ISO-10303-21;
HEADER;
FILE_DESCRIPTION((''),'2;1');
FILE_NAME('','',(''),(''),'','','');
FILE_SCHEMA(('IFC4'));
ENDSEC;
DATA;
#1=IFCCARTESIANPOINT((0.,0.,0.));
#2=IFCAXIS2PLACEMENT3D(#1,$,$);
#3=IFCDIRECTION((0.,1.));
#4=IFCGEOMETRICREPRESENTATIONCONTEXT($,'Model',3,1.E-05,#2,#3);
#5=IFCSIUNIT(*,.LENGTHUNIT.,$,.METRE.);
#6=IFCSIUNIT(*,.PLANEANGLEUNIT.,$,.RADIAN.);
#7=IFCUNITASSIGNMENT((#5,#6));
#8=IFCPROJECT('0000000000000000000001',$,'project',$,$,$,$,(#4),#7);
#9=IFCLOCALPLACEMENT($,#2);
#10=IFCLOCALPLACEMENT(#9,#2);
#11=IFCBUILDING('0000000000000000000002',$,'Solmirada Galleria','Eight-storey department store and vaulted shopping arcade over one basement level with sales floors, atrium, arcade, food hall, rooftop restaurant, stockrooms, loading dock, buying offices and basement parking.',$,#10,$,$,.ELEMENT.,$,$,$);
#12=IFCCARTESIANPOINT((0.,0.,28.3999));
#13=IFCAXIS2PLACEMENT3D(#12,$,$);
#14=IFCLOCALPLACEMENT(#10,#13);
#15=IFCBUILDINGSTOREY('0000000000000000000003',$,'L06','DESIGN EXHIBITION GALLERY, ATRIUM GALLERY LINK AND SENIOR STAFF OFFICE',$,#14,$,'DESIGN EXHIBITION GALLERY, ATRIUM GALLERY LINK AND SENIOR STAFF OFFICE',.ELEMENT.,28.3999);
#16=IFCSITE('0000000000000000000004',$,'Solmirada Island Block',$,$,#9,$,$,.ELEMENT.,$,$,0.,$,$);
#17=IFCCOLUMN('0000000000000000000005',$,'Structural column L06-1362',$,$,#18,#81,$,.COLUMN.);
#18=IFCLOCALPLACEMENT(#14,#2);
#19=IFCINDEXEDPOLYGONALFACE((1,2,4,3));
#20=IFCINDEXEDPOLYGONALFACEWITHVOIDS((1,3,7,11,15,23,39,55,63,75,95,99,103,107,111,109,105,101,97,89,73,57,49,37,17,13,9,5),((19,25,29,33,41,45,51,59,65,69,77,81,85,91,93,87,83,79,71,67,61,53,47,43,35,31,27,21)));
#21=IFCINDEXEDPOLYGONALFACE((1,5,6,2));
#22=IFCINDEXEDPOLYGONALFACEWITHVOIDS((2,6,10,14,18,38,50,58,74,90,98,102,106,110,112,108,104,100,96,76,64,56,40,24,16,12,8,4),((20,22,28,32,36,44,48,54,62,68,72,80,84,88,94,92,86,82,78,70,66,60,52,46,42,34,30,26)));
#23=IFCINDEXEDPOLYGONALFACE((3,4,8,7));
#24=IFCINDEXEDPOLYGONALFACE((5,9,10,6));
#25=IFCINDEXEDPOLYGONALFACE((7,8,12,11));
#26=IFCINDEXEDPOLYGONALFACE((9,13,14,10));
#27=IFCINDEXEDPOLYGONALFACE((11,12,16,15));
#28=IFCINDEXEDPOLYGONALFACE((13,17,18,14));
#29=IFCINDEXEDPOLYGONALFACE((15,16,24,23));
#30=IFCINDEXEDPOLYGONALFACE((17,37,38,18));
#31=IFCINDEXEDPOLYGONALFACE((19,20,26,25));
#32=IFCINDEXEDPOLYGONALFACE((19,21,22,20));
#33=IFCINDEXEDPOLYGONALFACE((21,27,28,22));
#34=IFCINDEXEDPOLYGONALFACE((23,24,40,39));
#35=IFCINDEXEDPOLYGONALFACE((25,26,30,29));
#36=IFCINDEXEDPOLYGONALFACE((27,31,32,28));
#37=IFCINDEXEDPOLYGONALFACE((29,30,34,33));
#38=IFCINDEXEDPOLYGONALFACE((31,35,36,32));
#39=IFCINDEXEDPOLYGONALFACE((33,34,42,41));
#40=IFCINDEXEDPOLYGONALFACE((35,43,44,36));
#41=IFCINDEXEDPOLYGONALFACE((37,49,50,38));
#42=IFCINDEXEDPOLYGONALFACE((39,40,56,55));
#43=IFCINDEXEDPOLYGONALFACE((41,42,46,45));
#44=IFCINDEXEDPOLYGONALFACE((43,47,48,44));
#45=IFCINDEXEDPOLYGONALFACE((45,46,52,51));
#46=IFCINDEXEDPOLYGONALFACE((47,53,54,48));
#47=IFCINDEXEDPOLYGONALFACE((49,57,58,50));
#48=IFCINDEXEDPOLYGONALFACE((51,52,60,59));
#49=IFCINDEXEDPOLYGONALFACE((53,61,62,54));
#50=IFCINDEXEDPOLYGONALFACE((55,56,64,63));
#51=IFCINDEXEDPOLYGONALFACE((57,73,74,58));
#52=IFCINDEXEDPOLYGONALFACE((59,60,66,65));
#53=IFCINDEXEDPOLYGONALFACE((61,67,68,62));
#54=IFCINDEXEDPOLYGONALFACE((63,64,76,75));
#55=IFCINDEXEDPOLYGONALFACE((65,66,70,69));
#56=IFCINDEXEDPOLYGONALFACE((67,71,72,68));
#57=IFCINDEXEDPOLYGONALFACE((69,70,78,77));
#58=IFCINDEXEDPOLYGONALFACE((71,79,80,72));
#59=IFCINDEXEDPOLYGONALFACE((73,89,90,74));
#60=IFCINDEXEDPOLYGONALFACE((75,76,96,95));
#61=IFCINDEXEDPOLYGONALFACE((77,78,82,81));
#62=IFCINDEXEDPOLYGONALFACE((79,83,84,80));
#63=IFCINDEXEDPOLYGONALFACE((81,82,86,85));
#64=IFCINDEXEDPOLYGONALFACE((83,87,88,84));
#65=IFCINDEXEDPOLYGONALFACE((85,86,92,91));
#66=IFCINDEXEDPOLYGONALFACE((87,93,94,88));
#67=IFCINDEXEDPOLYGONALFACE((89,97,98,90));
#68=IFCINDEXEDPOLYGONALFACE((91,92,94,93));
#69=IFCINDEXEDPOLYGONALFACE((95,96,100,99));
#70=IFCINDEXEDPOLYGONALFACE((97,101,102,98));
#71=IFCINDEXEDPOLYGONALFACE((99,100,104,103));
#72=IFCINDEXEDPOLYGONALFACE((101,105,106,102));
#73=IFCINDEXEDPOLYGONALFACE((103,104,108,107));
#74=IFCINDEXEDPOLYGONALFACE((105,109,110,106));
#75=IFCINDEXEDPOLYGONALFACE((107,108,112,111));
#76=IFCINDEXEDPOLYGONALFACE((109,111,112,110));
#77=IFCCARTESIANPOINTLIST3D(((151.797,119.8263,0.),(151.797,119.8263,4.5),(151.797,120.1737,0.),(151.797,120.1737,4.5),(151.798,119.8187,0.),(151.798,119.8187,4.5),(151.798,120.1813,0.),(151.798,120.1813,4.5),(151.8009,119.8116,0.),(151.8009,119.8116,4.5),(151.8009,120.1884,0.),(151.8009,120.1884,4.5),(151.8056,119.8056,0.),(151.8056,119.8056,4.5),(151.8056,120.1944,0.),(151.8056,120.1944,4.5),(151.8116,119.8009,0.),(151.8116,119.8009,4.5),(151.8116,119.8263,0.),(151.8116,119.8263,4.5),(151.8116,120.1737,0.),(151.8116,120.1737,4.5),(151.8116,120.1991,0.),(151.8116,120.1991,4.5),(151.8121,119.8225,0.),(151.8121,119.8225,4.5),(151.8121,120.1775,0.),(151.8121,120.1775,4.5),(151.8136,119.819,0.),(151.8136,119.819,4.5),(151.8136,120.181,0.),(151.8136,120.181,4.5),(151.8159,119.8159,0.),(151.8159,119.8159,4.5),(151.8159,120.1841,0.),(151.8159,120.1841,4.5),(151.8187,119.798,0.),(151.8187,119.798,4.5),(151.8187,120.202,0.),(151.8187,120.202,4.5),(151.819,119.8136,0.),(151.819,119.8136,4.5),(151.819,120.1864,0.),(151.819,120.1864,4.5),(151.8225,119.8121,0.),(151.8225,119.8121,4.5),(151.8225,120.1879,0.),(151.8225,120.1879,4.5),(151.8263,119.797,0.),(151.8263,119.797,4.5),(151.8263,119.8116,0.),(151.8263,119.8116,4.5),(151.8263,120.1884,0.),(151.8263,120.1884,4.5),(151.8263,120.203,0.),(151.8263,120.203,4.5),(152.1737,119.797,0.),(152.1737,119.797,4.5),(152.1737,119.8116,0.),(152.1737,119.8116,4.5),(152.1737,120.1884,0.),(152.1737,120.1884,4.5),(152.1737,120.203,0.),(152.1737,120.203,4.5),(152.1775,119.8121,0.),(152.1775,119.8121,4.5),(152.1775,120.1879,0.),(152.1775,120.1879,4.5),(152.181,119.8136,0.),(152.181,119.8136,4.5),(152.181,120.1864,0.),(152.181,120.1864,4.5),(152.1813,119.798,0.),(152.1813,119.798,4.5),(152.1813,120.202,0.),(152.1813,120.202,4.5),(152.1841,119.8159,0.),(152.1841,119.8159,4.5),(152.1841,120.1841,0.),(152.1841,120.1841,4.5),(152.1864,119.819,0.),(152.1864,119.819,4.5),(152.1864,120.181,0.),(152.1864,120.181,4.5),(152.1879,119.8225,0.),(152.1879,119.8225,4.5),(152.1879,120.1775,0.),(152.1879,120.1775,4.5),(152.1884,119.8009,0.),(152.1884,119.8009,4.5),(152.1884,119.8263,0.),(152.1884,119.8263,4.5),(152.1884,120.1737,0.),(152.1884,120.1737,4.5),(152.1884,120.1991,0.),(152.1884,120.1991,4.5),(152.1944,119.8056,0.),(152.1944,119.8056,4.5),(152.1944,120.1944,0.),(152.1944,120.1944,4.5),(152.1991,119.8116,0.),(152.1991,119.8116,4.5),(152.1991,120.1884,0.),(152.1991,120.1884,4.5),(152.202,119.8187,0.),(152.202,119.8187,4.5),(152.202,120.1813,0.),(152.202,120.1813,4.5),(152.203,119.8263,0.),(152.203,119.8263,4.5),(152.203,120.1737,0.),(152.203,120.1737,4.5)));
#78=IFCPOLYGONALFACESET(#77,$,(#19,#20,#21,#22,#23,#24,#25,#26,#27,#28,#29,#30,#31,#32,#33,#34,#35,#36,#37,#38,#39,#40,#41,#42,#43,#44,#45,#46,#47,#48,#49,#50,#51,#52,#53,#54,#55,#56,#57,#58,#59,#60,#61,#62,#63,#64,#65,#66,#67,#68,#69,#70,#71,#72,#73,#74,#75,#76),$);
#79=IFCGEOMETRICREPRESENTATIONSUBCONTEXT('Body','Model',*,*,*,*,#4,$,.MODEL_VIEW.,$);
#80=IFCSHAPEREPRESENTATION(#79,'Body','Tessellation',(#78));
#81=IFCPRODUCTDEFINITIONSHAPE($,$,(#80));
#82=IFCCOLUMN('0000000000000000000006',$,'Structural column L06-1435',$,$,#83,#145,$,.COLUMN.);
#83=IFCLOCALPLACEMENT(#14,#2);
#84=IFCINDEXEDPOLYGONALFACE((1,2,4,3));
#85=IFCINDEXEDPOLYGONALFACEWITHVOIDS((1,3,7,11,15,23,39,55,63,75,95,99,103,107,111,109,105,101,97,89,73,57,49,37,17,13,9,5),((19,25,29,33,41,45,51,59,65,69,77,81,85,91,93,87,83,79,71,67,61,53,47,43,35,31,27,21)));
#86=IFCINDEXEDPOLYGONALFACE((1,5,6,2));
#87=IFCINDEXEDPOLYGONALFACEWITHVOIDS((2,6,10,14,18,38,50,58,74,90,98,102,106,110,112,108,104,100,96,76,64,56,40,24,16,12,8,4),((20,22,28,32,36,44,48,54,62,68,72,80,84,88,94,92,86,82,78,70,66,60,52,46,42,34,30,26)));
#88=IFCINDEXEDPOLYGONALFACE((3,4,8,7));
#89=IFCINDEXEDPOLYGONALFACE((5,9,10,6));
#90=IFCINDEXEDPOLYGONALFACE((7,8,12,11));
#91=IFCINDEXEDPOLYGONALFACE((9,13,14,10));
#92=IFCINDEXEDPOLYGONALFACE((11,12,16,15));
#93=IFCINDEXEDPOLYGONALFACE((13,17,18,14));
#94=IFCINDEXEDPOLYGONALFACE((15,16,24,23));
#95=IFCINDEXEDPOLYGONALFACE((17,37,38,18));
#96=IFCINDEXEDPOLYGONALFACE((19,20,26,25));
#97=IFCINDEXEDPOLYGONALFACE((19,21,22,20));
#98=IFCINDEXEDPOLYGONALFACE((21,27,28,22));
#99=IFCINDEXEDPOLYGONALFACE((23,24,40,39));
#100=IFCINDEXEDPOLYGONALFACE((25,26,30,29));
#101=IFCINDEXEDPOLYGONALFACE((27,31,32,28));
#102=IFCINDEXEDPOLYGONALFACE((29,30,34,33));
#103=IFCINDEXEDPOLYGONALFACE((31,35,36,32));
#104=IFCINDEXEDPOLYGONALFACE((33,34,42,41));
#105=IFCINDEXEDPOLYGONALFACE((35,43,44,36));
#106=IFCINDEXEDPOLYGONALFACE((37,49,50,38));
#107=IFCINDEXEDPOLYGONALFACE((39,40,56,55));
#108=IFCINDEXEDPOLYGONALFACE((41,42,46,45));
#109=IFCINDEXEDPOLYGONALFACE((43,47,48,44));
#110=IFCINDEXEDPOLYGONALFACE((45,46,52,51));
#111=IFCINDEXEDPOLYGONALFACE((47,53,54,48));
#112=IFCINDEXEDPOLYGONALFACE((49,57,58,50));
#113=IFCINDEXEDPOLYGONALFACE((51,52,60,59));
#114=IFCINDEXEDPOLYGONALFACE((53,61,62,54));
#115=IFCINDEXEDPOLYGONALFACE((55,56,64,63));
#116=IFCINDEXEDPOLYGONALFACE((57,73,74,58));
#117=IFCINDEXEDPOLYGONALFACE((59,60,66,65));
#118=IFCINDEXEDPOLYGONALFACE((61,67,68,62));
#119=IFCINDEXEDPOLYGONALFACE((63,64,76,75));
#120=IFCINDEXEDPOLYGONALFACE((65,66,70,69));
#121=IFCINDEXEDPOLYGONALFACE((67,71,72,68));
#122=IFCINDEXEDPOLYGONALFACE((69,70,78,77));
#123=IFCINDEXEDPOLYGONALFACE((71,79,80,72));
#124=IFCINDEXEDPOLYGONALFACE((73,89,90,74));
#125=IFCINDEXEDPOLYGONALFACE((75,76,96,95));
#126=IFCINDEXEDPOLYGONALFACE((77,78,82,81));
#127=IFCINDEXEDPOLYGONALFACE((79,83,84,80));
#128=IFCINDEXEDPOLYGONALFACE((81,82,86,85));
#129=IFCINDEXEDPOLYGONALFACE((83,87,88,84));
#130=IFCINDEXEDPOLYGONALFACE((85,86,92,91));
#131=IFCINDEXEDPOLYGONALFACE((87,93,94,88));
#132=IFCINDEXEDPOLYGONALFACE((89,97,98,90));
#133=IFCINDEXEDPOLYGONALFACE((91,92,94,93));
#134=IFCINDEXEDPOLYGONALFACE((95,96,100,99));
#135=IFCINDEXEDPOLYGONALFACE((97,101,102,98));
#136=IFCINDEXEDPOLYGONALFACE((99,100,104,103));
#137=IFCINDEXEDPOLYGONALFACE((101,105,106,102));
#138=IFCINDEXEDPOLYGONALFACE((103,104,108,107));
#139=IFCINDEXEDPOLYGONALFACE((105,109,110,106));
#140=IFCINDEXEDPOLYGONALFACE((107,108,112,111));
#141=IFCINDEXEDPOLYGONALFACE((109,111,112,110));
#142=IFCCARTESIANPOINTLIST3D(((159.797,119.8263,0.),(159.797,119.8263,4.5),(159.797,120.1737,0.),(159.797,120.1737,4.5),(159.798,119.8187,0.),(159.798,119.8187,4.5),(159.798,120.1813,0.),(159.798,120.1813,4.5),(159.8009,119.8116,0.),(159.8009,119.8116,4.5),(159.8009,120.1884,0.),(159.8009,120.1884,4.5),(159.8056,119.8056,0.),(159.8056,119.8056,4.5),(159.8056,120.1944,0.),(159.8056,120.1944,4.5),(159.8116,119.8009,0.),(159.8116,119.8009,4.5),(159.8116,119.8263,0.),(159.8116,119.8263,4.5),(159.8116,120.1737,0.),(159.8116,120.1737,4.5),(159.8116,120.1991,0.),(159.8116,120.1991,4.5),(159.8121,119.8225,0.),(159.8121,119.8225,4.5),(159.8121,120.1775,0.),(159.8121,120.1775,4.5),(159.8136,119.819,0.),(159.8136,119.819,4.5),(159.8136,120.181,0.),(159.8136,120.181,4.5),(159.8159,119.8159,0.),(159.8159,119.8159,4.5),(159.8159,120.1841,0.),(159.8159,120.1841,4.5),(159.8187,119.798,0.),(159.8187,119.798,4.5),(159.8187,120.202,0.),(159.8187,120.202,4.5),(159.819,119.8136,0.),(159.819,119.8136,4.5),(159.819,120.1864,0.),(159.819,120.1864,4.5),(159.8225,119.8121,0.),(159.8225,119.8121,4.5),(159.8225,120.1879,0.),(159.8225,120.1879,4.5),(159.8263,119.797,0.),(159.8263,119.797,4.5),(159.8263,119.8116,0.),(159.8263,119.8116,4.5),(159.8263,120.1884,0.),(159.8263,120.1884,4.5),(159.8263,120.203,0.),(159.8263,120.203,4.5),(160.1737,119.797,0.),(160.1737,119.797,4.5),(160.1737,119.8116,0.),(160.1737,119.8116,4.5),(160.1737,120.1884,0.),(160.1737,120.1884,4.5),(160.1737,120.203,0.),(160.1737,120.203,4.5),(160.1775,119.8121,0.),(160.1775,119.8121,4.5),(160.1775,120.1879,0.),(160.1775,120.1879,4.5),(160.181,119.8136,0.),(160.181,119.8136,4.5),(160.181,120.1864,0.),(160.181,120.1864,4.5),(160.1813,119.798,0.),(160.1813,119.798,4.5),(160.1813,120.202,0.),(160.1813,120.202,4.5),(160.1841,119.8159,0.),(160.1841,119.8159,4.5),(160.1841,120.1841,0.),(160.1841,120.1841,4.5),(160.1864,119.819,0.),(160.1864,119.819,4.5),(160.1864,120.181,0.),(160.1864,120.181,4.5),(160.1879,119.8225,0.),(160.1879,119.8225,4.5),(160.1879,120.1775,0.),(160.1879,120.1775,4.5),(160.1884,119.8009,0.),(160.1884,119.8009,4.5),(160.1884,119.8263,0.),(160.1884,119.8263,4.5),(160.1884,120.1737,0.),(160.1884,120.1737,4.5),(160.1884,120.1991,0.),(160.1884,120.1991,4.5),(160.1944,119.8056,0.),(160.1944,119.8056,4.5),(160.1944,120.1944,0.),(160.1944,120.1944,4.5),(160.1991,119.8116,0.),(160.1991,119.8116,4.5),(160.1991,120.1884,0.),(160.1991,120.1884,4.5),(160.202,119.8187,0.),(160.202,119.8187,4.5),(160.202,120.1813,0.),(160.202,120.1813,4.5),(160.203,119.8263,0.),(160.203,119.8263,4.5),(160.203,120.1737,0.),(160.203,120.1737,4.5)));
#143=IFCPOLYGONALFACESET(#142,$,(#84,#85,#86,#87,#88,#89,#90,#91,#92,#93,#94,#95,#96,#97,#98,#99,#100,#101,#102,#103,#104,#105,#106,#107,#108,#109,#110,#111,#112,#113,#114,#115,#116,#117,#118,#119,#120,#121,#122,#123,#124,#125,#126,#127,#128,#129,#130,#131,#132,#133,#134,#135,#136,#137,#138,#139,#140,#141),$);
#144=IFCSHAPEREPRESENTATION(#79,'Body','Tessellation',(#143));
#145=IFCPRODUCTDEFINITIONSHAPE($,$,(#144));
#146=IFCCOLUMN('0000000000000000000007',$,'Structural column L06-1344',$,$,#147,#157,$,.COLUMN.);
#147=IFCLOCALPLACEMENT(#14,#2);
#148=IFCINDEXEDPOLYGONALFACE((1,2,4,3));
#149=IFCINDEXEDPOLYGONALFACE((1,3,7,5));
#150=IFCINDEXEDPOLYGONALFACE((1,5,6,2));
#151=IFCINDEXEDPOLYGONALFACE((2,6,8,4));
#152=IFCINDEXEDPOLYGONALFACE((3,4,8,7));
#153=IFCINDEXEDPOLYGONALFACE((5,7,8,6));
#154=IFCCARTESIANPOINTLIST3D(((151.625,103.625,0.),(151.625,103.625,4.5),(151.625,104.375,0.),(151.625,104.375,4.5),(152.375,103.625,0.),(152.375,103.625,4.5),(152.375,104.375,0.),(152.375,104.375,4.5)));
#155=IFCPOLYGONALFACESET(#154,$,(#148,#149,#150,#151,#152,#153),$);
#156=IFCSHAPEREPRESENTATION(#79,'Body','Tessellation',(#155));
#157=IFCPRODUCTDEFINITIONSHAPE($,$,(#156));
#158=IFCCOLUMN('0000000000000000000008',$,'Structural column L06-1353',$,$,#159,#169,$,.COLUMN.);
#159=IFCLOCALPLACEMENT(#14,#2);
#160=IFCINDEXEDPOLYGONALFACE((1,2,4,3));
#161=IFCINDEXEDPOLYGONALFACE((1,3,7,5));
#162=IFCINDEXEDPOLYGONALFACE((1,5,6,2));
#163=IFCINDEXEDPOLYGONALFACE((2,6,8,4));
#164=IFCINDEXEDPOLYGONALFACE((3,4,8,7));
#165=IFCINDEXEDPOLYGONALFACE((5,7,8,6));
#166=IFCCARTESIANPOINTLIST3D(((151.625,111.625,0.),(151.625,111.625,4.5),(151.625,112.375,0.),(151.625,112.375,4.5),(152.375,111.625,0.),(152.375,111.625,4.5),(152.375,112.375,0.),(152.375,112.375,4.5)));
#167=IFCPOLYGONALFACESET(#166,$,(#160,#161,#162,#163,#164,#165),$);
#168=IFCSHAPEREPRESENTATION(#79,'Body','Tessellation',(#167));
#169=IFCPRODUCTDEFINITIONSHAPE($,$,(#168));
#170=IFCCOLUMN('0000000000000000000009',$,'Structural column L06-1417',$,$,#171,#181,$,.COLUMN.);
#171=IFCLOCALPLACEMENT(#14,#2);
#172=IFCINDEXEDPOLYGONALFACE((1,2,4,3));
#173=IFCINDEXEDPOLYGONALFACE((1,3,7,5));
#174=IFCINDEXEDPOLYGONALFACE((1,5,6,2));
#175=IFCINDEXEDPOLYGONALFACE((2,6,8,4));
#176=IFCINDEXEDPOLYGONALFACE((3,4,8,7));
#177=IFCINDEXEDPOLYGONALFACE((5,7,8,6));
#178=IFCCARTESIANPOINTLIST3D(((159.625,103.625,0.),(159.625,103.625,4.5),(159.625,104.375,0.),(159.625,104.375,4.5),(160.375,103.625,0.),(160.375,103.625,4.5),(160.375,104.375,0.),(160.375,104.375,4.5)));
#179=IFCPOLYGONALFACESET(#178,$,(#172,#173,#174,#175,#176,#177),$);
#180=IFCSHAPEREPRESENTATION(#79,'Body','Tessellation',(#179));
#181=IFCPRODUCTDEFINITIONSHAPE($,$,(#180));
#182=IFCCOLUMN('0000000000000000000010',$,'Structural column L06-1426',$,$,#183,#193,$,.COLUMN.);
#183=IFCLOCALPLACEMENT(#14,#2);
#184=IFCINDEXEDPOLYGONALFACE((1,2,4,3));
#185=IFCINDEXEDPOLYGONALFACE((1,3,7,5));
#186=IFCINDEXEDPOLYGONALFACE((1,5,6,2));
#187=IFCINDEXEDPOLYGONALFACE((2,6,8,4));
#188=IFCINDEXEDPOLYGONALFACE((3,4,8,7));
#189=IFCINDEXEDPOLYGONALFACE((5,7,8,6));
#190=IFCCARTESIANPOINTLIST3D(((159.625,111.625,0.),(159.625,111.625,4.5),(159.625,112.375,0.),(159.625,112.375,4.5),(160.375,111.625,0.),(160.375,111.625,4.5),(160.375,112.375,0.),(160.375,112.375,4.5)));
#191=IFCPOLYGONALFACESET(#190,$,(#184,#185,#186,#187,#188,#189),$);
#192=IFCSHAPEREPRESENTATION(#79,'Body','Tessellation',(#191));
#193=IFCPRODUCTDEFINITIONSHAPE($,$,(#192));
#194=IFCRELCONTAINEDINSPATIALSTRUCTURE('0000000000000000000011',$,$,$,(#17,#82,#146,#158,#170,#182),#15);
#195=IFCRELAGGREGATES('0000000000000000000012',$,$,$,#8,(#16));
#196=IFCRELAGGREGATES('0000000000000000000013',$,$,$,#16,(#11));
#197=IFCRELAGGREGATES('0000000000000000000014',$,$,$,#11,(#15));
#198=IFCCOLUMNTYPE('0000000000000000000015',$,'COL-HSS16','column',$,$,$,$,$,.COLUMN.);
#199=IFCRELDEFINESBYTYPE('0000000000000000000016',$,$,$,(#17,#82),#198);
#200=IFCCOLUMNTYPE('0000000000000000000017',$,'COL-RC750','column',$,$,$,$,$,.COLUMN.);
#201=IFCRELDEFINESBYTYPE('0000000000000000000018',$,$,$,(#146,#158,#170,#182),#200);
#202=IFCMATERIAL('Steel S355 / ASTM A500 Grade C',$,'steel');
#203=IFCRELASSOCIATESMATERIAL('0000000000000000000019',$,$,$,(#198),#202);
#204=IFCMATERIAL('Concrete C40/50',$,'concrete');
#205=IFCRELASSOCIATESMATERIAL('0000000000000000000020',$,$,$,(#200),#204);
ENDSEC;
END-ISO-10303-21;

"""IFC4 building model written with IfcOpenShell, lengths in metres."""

from ifc_helpers import new_model, si_unit, direction, frame, origin, origin_2d, place, context, subcontext, project, spatial, rectangle, hollow_rectangle, extrude, material, material_profile, profile_set, type_object, element, save


model = new_model("IFC4")

# Units and contexts
model_context = context("Model", 3, precision=1e-05, world=origin(), true_north=direction((0.0, 1.0)))
body_context = subcontext(model_context, "Body", "Model", "MODEL_VIEW")
ifc_project = project(units=[si_unit("LENGTHUNIT", "METRE"), si_unit("PLANEANGLEUNIT", "RADIAN")], contexts=[model_context])

# Site, building, storey
site_placement = place(None, origin())
site = spatial("IfcSite", under=ifc_project, at=site_placement, Name="Solmirada Island Block", CompositionType="ELEMENT", RefElevation=0.0)
building_placement = place(site_placement, origin())
building = spatial("IfcBuilding", under=site, at=building_placement, Name="Solmirada Galleria", Description="Eight-storey department store and vaulted shopping arcade over one basement level with sales floors, atrium, arcade, food hall, rooftop restaurant, stockrooms, loading dock, buying offices and basement parking.", CompositionType="ELEMENT")
storey_placement = place(building_placement, frame((0.0, 0.0, 28.3999)))
storey = spatial("IfcBuildingStorey", under=building, at=storey_placement, Name="L06", Description="DESIGN EXHIBITION GALLERY, ATRIUM GALLERY LINK AND SENIOR STAFF OFFICE", LongName="DESIGN EXHIBITION GALLERY, ATRIUM GALLERY LINK AND SENIOR STAFF OFFICE", CompositionType="ELEMENT", Elevation=28.3999)

# Columns
ifc_material_1 = material(Name="Steel S355 / ASTM A500 Grade C", Category="steel")
ifc_material_profile_1 = material_profile(ifc_material_1, hollow_rectangle(XDim=0.406, YDim=0.406, WallThickness=0.0146, InnerFilletRadius=0.0146, OuterFilletRadius=0.0293, at=origin_2d()), Name="HSS16X16X5/8")
ifc_profile_set_1 = profile_set([ifc_material_profile_1], Name="Steel S355 / ASTM A500 Grade C")
column_type_1 = type_object("IfcColumnType", Name="COL-HSS16", Description="column", PredefinedType="COLUMN", material=ifc_profile_set_1)
for number, where, z_axis, x_axis, name in (
    (1, (152.0, 120.0, 0.0), (0.0, 0.0, 1.0), (1.0, 0.0, 0.0), "Structural column L06-1362"),
    (2, (160.0, 120.0, 0.0), (0.0, 0.0, 1.0), (1.0, 0.0, 0.0), "Structural column L06-1435"),
):
    element("IfcColumn", number, at=place(storey_placement, frame(where, z_axis=z_axis, x_axis=x_axis)), inside=storey, type_object=column_type_1, Name=name, PredefinedType="COLUMN", context=body_context, shape_type="SweptSolid", body=[
        extrude(hollow_rectangle(XDim=0.406, YDim=0.406, WallThickness=0.0146, InnerFilletRadius=0.0146, OuterFilletRadius=0.0293, at=origin_2d()), origin(), (0.0, 0.0, 1.0), 4.5),
    ])
ifc_material_2 = material(Name="Concrete C40/50", Category="concrete")
ifc_material_profile_2 = material_profile(ifc_material_2, rectangle(XDim=0.75, YDim=0.75, at=origin_2d()), Name="RC750X750")
ifc_profile_set_2 = profile_set([ifc_material_profile_2], Name="Concrete C40/50")
column_type_2 = type_object("IfcColumnType", Name="COL-RC750", Description="column", PredefinedType="COLUMN", material=ifc_profile_set_2)
for number, where, z_axis, x_axis, name in (
    (3, (152.0, 104.0, 0.0), (0.0, 0.0, 1.0), (1.0, 0.0, 0.0), "Structural column L06-1344"),
    (4, (152.0, 112.0, 0.0), (0.0, 0.0, 1.0), (1.0, 0.0, 0.0), "Structural column L06-1353"),
    (5, (160.0, 104.0, 0.0), (0.0, 0.0, 1.0), (1.0, 0.0, 0.0), "Structural column L06-1417"),
    (6, (160.0, 112.0, 0.0), (0.0, 0.0, 1.0), (1.0, 0.0, 0.0), "Structural column L06-1426"),
):
    element("IfcColumn", number, at=place(storey_placement, frame(where, z_axis=z_axis, x_axis=x_axis)), inside=storey, type_object=column_type_2, Name=name, PredefinedType="COLUMN", context=body_context, shape_type="SweptSolid", body=[
        extrude(rectangle(XDim=0.75, YDim=0.75, at=origin_2d()), origin(), (0.0, 0.0, 1.0), 4.5),
    ])

save(model, "model.ifc")
